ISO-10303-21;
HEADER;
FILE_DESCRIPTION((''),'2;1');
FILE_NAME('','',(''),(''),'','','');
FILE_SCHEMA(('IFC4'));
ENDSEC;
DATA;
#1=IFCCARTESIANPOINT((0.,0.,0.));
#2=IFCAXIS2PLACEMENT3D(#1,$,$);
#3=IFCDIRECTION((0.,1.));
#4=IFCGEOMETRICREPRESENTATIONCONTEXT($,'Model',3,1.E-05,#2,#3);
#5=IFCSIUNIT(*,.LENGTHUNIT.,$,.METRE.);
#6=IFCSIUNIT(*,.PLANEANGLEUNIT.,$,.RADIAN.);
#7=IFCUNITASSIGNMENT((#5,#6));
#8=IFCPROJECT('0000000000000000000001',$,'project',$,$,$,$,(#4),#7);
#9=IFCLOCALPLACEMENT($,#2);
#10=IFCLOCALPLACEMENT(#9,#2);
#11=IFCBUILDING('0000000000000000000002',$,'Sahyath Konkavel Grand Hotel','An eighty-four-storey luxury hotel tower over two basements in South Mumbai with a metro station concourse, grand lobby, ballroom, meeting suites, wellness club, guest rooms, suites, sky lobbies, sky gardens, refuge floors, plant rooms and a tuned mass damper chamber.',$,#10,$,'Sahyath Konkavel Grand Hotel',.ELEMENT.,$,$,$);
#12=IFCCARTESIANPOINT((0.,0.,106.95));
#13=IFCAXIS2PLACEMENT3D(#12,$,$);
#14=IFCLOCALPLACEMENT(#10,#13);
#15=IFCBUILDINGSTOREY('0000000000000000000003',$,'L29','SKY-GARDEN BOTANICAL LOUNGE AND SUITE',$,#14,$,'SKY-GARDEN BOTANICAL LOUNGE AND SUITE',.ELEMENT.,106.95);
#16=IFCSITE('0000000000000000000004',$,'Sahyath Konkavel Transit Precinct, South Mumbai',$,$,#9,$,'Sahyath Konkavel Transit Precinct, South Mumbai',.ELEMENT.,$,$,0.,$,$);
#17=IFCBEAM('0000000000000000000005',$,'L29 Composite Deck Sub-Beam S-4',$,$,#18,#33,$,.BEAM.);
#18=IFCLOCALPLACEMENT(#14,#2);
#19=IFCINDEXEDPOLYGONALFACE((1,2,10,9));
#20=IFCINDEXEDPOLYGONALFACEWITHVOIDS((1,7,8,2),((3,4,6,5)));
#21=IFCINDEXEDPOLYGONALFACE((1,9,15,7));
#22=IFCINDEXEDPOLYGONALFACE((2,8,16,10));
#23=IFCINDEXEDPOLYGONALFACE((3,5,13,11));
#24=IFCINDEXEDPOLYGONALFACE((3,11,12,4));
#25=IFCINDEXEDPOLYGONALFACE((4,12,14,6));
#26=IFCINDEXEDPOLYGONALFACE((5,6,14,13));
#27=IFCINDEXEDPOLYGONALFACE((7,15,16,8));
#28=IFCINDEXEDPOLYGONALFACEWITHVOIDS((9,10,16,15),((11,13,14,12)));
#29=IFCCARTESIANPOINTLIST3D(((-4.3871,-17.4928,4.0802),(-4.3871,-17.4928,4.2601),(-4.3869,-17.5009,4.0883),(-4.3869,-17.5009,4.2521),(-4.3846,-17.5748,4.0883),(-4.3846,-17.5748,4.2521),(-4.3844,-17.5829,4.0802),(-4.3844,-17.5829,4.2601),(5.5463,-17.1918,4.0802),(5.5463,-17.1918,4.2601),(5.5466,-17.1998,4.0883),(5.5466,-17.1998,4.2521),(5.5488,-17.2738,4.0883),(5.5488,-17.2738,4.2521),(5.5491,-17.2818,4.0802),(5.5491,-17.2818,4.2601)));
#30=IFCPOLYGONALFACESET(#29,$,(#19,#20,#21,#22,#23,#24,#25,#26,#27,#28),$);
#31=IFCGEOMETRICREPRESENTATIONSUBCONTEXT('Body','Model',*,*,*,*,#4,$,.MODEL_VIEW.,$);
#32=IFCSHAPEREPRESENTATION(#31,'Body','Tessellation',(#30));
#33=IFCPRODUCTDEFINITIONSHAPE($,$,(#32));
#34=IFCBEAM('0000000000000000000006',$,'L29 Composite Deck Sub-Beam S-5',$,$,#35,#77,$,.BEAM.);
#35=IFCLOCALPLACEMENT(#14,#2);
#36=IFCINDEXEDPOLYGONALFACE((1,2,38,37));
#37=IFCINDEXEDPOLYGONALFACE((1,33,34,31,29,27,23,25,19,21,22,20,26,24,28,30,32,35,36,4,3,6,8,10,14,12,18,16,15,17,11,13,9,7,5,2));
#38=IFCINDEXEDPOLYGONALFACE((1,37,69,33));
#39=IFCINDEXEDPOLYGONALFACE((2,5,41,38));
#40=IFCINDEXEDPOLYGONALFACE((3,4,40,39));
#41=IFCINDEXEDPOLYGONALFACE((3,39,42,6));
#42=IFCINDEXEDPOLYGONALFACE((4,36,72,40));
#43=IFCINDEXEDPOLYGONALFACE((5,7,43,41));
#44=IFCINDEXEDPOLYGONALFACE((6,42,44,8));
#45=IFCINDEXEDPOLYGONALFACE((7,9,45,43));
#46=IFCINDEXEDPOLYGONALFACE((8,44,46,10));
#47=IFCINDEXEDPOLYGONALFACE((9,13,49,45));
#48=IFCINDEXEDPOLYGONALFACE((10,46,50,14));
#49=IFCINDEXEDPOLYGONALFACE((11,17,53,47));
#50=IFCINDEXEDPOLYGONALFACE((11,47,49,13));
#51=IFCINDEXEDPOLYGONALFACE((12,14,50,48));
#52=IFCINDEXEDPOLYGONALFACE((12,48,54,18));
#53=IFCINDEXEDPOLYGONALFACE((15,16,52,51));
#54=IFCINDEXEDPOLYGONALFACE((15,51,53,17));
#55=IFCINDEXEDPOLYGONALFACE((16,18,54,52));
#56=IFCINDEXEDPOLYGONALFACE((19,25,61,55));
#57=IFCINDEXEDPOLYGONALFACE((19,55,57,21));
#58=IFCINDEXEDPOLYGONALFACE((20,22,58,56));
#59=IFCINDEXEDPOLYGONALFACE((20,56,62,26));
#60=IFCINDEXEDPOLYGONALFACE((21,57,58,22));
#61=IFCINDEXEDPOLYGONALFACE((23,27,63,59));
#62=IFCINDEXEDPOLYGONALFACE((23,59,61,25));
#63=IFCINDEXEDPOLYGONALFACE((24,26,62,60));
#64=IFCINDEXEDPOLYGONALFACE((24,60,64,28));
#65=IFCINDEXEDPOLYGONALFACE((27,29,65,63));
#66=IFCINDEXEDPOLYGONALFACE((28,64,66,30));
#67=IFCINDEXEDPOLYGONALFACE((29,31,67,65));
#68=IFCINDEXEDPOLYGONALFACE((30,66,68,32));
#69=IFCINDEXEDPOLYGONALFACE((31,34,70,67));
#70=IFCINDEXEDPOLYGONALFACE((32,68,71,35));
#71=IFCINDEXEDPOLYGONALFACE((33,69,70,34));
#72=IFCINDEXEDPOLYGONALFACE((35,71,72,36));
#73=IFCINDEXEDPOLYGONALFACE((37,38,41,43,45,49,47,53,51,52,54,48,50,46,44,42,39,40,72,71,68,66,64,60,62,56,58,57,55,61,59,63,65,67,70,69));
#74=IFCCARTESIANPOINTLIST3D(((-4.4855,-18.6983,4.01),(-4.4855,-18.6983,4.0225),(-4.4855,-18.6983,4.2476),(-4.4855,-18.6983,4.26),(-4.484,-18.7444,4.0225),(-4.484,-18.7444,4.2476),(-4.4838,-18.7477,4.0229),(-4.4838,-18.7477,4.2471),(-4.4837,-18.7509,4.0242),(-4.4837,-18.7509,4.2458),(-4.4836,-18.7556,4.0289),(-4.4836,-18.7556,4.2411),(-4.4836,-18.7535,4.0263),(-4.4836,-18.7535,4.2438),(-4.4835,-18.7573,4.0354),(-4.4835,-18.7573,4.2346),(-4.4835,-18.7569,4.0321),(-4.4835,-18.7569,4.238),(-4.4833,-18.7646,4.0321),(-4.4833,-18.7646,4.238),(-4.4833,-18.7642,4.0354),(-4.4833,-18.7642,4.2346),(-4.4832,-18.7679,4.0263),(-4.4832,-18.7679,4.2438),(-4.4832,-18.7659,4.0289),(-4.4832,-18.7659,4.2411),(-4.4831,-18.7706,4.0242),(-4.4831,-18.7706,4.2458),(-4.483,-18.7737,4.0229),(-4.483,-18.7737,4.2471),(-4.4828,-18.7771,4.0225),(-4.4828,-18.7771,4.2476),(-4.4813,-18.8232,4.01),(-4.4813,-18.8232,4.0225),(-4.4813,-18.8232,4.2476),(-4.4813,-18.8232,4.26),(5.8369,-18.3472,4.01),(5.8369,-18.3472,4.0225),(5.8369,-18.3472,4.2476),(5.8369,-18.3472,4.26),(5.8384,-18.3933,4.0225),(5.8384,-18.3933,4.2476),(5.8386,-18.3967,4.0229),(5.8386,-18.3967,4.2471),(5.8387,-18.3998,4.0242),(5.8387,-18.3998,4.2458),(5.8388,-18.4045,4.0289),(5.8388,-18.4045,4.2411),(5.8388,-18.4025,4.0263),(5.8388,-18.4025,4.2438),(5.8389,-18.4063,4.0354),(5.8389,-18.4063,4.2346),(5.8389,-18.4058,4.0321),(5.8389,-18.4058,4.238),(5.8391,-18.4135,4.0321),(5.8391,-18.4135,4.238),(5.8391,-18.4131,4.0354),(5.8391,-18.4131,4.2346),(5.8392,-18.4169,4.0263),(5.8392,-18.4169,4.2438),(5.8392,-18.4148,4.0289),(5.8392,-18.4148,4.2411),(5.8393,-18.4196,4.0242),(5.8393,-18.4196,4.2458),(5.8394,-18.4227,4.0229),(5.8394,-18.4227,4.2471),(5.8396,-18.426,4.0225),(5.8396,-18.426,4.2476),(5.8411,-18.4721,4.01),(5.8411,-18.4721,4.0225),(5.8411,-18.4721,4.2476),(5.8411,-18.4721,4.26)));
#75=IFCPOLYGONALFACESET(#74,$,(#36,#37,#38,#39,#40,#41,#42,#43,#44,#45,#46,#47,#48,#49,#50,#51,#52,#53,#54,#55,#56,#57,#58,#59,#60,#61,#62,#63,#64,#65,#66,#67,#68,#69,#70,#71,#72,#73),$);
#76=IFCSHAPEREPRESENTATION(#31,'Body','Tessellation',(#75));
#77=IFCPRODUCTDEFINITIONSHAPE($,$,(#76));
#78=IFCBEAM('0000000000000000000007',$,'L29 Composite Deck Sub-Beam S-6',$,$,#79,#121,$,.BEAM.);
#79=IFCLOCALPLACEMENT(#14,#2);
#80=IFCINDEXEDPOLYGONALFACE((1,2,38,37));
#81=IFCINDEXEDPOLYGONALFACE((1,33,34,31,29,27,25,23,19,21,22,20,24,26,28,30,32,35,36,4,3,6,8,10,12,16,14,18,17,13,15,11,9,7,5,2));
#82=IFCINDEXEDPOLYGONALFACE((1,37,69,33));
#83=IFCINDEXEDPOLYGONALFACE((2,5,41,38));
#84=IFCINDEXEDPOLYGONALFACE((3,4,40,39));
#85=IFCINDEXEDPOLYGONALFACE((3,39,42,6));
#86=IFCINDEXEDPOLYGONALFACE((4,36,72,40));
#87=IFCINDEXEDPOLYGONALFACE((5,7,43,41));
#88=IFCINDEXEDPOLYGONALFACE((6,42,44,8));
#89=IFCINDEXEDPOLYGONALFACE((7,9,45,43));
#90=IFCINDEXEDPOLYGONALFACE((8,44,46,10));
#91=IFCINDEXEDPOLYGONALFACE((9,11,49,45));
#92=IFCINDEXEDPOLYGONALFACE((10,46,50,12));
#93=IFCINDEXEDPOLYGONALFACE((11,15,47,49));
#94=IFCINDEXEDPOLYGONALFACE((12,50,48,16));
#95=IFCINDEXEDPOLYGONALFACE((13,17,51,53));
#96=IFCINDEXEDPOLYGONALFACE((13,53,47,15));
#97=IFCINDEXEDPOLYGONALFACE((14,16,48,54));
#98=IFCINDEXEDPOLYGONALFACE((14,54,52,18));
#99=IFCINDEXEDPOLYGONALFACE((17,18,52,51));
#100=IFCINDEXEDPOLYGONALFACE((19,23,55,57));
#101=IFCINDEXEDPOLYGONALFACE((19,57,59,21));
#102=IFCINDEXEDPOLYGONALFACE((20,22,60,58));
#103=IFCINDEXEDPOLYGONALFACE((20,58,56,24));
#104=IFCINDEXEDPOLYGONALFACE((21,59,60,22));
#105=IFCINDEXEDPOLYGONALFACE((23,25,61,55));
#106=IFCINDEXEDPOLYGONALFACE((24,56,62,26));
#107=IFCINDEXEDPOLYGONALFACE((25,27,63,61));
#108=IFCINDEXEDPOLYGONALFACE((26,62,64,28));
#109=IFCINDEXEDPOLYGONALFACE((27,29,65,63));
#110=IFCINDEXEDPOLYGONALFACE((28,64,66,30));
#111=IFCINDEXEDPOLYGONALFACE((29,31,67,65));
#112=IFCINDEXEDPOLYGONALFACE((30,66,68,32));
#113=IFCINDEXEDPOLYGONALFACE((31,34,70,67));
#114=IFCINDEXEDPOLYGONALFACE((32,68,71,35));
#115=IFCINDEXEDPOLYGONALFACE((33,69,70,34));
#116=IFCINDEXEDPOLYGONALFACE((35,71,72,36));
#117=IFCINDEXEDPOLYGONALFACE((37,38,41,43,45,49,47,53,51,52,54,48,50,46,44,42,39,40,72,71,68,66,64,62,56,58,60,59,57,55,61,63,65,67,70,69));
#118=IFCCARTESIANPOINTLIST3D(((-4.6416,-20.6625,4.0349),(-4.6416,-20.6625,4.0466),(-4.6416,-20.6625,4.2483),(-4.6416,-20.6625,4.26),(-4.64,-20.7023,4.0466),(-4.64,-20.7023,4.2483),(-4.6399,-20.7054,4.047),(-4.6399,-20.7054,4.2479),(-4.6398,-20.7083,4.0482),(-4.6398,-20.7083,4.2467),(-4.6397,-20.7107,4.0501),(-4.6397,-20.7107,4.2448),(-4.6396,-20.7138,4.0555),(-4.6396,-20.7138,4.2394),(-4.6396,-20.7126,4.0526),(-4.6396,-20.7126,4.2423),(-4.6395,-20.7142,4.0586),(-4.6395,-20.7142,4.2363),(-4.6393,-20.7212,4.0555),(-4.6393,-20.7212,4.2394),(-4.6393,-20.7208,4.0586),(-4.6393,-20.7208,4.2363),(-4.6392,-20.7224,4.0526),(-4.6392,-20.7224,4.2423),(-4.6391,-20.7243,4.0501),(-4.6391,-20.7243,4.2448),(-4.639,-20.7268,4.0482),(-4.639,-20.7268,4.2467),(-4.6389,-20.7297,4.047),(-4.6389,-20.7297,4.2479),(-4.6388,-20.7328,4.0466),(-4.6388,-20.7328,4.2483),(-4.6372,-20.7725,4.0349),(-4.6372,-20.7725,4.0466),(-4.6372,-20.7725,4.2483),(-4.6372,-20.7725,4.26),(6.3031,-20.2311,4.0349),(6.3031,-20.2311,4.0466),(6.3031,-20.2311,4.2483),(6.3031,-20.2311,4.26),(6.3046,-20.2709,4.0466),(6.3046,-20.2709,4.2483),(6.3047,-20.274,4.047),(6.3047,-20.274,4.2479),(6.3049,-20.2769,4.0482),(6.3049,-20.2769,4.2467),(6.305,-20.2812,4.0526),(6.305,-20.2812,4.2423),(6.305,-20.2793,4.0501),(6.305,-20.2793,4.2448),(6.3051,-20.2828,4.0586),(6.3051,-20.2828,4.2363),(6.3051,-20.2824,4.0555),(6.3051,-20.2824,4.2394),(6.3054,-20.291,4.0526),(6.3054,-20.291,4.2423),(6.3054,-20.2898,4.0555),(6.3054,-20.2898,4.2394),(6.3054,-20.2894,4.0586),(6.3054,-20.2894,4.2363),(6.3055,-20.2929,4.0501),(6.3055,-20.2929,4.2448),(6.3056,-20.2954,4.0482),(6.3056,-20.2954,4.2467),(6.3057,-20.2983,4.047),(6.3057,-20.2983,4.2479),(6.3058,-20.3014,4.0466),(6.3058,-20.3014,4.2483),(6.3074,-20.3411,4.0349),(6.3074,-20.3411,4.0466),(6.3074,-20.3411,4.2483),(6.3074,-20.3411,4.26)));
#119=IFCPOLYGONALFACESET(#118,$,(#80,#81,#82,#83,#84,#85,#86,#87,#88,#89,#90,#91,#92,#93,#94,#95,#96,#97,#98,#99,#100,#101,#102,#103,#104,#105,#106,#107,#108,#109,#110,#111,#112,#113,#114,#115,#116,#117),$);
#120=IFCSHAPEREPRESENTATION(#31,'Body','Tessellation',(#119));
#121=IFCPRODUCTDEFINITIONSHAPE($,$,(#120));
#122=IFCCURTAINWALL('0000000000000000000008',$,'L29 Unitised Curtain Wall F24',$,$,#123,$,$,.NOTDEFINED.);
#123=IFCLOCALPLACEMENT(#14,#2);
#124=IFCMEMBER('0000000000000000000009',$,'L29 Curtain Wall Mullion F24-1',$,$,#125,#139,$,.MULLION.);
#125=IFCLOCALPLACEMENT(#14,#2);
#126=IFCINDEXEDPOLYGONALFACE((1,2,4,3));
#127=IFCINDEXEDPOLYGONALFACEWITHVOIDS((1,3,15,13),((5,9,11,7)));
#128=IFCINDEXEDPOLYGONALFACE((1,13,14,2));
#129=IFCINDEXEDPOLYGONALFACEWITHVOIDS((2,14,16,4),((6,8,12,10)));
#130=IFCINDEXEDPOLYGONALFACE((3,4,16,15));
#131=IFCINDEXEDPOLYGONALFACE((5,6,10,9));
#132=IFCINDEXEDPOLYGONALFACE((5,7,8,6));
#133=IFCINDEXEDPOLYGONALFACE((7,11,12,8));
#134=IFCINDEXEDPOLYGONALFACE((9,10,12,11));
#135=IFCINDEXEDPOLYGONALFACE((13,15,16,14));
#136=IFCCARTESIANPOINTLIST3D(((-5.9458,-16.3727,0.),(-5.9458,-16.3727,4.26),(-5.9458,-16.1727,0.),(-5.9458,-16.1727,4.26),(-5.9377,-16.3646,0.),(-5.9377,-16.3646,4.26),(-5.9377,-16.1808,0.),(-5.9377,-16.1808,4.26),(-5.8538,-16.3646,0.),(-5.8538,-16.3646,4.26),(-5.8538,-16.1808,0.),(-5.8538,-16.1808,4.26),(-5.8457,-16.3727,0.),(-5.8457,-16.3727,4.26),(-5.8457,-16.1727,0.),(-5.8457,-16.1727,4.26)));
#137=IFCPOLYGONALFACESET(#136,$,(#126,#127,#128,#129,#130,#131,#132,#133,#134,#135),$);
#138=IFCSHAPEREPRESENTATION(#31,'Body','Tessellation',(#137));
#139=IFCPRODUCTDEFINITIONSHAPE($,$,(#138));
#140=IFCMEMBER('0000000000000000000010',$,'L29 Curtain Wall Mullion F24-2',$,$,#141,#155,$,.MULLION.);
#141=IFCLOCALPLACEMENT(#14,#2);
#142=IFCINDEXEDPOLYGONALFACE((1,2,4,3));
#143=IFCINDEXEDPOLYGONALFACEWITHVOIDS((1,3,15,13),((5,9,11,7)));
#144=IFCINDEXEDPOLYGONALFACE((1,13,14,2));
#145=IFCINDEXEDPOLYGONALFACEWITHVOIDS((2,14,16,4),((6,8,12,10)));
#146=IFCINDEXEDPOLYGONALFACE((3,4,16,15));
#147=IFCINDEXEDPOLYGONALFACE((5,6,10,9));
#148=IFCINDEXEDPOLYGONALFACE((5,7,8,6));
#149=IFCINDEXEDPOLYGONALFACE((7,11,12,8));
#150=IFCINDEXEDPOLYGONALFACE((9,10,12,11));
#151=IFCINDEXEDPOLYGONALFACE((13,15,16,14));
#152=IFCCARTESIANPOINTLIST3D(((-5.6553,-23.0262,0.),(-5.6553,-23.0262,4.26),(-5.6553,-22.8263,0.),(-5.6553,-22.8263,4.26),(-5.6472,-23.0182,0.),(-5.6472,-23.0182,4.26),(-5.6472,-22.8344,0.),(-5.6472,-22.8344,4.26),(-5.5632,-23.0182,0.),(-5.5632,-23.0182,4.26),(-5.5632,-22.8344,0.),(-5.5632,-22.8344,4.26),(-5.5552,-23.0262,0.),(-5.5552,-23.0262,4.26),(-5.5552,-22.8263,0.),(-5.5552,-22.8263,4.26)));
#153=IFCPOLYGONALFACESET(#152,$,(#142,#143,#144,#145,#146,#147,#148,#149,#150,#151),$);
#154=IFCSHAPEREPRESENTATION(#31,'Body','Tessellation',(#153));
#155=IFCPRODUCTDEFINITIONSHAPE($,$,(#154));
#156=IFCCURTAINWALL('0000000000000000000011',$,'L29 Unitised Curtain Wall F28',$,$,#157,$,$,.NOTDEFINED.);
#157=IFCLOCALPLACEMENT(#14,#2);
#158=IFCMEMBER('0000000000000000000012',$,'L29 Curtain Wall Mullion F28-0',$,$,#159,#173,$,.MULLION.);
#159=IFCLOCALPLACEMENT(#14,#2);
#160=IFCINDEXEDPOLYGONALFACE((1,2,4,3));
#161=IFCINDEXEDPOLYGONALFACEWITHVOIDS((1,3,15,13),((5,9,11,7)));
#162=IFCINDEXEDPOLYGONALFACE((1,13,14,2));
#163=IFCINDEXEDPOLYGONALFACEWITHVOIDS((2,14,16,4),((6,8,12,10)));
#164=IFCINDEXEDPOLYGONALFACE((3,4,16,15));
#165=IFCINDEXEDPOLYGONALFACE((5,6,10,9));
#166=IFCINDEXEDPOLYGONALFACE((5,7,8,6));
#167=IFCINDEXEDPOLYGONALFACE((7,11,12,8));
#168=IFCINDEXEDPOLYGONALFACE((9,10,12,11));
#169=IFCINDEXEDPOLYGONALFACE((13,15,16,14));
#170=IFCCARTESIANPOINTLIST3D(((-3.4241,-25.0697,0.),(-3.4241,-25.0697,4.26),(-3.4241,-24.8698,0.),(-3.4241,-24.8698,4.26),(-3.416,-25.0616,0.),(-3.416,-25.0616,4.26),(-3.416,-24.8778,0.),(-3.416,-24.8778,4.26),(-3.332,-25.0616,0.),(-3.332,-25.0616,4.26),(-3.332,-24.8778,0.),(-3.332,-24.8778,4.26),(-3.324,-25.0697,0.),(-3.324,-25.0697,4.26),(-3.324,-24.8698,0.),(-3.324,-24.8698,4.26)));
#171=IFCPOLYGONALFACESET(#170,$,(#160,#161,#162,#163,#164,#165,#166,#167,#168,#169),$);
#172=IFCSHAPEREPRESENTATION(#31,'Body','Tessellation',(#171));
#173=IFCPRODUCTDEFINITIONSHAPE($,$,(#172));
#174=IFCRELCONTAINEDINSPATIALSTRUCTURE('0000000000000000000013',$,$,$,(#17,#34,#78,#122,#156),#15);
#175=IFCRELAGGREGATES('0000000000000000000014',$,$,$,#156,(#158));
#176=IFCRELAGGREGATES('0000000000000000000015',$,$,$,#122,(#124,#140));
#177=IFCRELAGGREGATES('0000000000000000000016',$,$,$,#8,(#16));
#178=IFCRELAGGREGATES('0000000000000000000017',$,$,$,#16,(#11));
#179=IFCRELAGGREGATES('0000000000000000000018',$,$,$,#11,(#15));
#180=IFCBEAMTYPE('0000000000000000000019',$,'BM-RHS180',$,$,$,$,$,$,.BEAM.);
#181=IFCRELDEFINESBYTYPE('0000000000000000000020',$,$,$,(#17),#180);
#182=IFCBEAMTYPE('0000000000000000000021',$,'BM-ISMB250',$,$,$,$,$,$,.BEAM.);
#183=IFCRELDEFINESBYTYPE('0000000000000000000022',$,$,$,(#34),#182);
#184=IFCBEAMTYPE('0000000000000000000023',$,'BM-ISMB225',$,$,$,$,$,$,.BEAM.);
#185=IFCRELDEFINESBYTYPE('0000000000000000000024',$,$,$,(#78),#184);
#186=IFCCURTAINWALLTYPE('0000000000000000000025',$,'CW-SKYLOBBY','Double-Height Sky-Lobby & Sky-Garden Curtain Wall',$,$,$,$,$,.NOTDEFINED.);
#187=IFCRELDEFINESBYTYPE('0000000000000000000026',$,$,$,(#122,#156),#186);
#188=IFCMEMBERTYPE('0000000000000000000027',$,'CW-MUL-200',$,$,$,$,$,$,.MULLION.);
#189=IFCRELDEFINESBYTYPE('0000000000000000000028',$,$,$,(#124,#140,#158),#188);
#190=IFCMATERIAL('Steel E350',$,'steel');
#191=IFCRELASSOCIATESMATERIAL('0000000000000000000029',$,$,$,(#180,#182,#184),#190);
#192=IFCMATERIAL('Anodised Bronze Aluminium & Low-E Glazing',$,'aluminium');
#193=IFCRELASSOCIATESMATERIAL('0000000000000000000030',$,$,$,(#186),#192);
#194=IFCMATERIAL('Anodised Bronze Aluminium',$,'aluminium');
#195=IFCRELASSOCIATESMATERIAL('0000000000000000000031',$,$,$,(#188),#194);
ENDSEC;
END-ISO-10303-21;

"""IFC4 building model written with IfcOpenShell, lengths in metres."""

from ifc_helpers import new_model, si_unit, direction, frame, origin, origin_2d, place, context, subcontext, project, spatial, hollow_rectangle, i_section, extrude, source, transform, mapped, material, material_profile, profile_set, type_object, element, aggregate, save


model = new_model("IFC4")

# Units and contexts
model_context = context("Model", 3, precision=1e-05, world=origin(), true_north=direction((0.0, 1.0)))
body_context = subcontext(model_context, "Body", "Model", "MODEL_VIEW")
ifc_project = project(units=[si_unit("LENGTHUNIT", "METRE"), si_unit("PLANEANGLEUNIT", "RADIAN")], contexts=[model_context])

# Site, building, storey
site_placement = place(None, origin())
site = spatial("IfcSite", under=ifc_project, at=site_placement, Name="Sahyath Konkavel Transit Precinct, South Mumbai", LongName="Sahyath Konkavel Transit Precinct, South Mumbai", CompositionType="ELEMENT", RefElevation=0.0)
building_placement = place(site_placement, origin())
building = spatial("IfcBuilding", under=site, at=building_placement, Name="Sahyath Konkavel Grand Hotel", Description="An eighty-four-storey luxury hotel tower over two basements in South Mumbai with a metro station concourse, grand lobby, ballroom, meeting suites, wellness club, guest rooms, suites, sky lobbies, sky gardens, refuge floors, plant rooms and a tuned mass damper chamber.", LongName="Sahyath Konkavel Grand Hotel", CompositionType="ELEMENT")
storey_placement = place(building_placement, frame((0.0, 0.0, 106.95)))
storey = spatial("IfcBuildingStorey", under=building, at=storey_placement, Name="L29", Description="SKY-GARDEN BOTANICAL LOUNGE AND SUITE", LongName="SKY-GARDEN BOTANICAL LOUNGE AND SUITE", CompositionType="ELEMENT", Elevation=106.95)

# Beams
ifc_material_1 = material(Name="Steel E350", Category="steel")
ifc_material_profile_1 = material_profile(ifc_material_1, hollow_rectangle(XDim=0.0901, YDim=0.1799, WallThickness=0.0081, at=origin_2d()), Name="RHS 180x90x8")
ifc_profile_set_1 = profile_set([ifc_material_profile_1], Name="Steel E350")
beam_type_1 = type_object("IfcBeamType", Name="BM-RHS180", PredefinedType="BEAM", material=ifc_profile_set_1)
shared_shape_1 = source(origin(), body_context, "Body", "SweptSolid", [
    extrude(hollow_rectangle(XDim=0.0901, YDim=0.1799, WallThickness=0.0081, at=origin_2d()), origin(), (0.0, 0.0, 1.0), 9.938),
])
beam_1_placement = place(storey_placement, frame((-4.3857, -17.5378, 4.1702), z_axis=(0.999541, 0.030291, 0.0), x_axis=(-0.030291, 0.999541, 0.0)))
element("IfcBeam", 1, at=beam_1_placement, inside=storey, type_object=beam_type_1, Name="L29 Composite Deck Sub-Beam S-4", PredefinedType="BEAM", context=body_context, shape_type="MappedRepresentation", body=[
    mapped(shared_shape_1, transform((0.0, 0.0, 0.0), scale=1.0)),
])
ifc_material_profile_2 = material_profile(ifc_material_1, i_section(OverallWidth=0.125, OverallDepth=0.25, WebThickness=0.0068, FlangeThickness=0.0125, FilletRadius=0.0129, at=origin_2d()), Name="ISMB 250")
ifc_profile_set_2 = profile_set([ifc_material_profile_2], Name="Steel E350")
beam_type_2 = type_object("IfcBeamType", Name="BM-ISMB250", PredefinedType="BEAM", material=ifc_profile_set_2)
shared_shape_2 = source(origin(), body_context, "Body", "SweptSolid", [
    extrude(i_section(OverallWidth=0.125, OverallDepth=0.25, WebThickness=0.0068, FlangeThickness=0.0125, FilletRadius=0.0129, at=origin_2d()), origin(), (0.0, 0.0, 1.0), 10.3284),
])
beam_2_placement = place(storey_placement, frame((-4.4834, -18.7607, 4.135), z_axis=(0.999422, 0.033991, 0.0), x_axis=(-0.033991, 0.999422, 0.0)))
element("IfcBeam", 2, at=beam_2_placement, inside=storey, type_object=beam_type_2, Name="L29 Composite Deck Sub-Beam S-5", PredefinedType="BEAM", context=body_context, shape_type="MappedRepresentation", body=[
    mapped(shared_shape_2, transform((0.0, 0.0, 0.0), scale=1.0)),
])
ifc_material_profile_3 = material_profile(ifc_material_1, i_section(OverallWidth=0.1101, OverallDepth=0.2251, WebThickness=0.0066, FlangeThickness=0.0117, FilletRadius=0.012, at=origin_2d()), Name="ISMB 225")
ifc_profile_set_3 = profile_set([ifc_material_profile_3], Name="Steel E350")
beam_type_3 = type_object("IfcBeamType", Name="BM-ISMB225", PredefinedType="BEAM", material=ifc_profile_set_3)
shared_shape_3 = source(origin(), body_context, "Body", "SweptSolid", [
    extrude(i_section(OverallWidth=0.1101, OverallDepth=0.2251, WebThickness=0.0066, FlangeThickness=0.0117, FilletRadius=0.012, at=origin_2d()), origin(), (0.0, 0.0, 1.0), 10.9531),
])
beam_3_placement = place(storey_placement, frame((-4.6394, -20.7175, 4.1475), z_axis=(0.999224, 0.039386, 0.0), x_axis=(-0.039386, 0.999224, 0.0)))
element("IfcBeam", 3, at=beam_3_placement, inside=storey, type_object=beam_type_3, Name="L29 Composite Deck Sub-Beam S-6", PredefinedType="BEAM", context=body_context, shape_type="MappedRepresentation", body=[
    mapped(shared_shape_3, transform((0.0, 0.0, 0.0), scale=1.0)),
])

# Curtain wall, members
ifc_material_2 = material(Name="Anodised Bronze Aluminium & Low-E Glazing", Category="aluminium")
curtain_wall_type = type_object("IfcCurtainWallType", Name="CW-SKYLOBBY", Description="Double-Height Sky-Lobby & Sky-Garden Curtain Wall", PredefinedType="NOTDEFINED", material=ifc_material_2)
curtain_wall_1_placement = place(storey_placement, origin())
curtain_wall_1 = element("IfcCurtainWall", 4, at=curtain_wall_1_placement, inside=storey, type_object=curtain_wall_type, Name="L29 Unitised Curtain Wall F24", PredefinedType="NOTDEFINED")
ifc_material_3 = material(Name="Anodised Bronze Aluminium", Category="aluminium")
ifc_material_profile_4 = material_profile(ifc_material_3, hollow_rectangle(XDim=0.1001, YDim=0.2, WallThickness=0.0081, at=origin_2d()), Name="RHS 200x100x8")
ifc_profile_set_4 = profile_set([ifc_material_profile_4], Name="Anodised Bronze Aluminium")
member_type_1 = type_object("IfcMemberType", Name="CW-MUL-200", PredefinedType="MULLION", material=ifc_profile_set_4)
shared_shape_4 = source(origin(), body_context, "Body", "SweptSolid", [
    extrude(hollow_rectangle(XDim=0.1001, YDim=0.2, WallThickness=0.0081, at=origin_2d()), origin(), (0.0, 0.0, 1.0), 4.26),
])
member_1_placement = place(storey_placement, frame((-5.8958, -16.2727, 0.0), z_axis=(0.0, 0.0, 1.0), x_axis=(1.0, 0.0, 0.0)))
member_1 = element("IfcMember", 5, at=member_1_placement, type_object=member_type_1, Name="L29 Curtain Wall Mullion F24-1", PredefinedType="MULLION", context=body_context, shape_type="MappedRepresentation", body=[
    mapped(shared_shape_4, transform((0.0, 0.0, 0.0), scale=1.0)),
])
member_2_placement = place(storey_placement, frame((-5.6052, -22.9263, 0.0), z_axis=(0.0, 0.0, 1.0), x_axis=(1.0, 0.0, 0.0)))
member_2 = element("IfcMember", 6, at=member_2_placement, type_object=member_type_1, Name="L29 Curtain Wall Mullion F24-2", PredefinedType="MULLION", context=body_context, shape_type="MappedRepresentation", body=[
    mapped(shared_shape_4, transform((0.0, 0.0, 0.0), scale=1.0)),
])

# Curtain wall, member
curtain_wall_2_placement = place(storey_placement, origin())
curtain_wall_2 = element("IfcCurtainWall", 7, at=curtain_wall_2_placement, inside=storey, type_object=curtain_wall_type, Name="L29 Unitised Curtain Wall F28", PredefinedType="NOTDEFINED")
member_3_placement = place(storey_placement, frame((-3.374, -24.9697, 0.0), z_axis=(0.0, 0.0, 1.0), x_axis=(1.0, 0.0, 0.0)))
member_3 = element("IfcMember", 8, at=member_3_placement, type_object=member_type_1, Name="L29 Curtain Wall Mullion F28-0", PredefinedType="MULLION", context=body_context, shape_type="MappedRepresentation", body=[
    mapped(shared_shape_4, transform((0.0, 0.0, 0.0), scale=1.0)),
])

aggregate(curtain_wall_2, [member_3])
aggregate(curtain_wall_1, [member_1, member_2])

save(model, "model.ifc")
